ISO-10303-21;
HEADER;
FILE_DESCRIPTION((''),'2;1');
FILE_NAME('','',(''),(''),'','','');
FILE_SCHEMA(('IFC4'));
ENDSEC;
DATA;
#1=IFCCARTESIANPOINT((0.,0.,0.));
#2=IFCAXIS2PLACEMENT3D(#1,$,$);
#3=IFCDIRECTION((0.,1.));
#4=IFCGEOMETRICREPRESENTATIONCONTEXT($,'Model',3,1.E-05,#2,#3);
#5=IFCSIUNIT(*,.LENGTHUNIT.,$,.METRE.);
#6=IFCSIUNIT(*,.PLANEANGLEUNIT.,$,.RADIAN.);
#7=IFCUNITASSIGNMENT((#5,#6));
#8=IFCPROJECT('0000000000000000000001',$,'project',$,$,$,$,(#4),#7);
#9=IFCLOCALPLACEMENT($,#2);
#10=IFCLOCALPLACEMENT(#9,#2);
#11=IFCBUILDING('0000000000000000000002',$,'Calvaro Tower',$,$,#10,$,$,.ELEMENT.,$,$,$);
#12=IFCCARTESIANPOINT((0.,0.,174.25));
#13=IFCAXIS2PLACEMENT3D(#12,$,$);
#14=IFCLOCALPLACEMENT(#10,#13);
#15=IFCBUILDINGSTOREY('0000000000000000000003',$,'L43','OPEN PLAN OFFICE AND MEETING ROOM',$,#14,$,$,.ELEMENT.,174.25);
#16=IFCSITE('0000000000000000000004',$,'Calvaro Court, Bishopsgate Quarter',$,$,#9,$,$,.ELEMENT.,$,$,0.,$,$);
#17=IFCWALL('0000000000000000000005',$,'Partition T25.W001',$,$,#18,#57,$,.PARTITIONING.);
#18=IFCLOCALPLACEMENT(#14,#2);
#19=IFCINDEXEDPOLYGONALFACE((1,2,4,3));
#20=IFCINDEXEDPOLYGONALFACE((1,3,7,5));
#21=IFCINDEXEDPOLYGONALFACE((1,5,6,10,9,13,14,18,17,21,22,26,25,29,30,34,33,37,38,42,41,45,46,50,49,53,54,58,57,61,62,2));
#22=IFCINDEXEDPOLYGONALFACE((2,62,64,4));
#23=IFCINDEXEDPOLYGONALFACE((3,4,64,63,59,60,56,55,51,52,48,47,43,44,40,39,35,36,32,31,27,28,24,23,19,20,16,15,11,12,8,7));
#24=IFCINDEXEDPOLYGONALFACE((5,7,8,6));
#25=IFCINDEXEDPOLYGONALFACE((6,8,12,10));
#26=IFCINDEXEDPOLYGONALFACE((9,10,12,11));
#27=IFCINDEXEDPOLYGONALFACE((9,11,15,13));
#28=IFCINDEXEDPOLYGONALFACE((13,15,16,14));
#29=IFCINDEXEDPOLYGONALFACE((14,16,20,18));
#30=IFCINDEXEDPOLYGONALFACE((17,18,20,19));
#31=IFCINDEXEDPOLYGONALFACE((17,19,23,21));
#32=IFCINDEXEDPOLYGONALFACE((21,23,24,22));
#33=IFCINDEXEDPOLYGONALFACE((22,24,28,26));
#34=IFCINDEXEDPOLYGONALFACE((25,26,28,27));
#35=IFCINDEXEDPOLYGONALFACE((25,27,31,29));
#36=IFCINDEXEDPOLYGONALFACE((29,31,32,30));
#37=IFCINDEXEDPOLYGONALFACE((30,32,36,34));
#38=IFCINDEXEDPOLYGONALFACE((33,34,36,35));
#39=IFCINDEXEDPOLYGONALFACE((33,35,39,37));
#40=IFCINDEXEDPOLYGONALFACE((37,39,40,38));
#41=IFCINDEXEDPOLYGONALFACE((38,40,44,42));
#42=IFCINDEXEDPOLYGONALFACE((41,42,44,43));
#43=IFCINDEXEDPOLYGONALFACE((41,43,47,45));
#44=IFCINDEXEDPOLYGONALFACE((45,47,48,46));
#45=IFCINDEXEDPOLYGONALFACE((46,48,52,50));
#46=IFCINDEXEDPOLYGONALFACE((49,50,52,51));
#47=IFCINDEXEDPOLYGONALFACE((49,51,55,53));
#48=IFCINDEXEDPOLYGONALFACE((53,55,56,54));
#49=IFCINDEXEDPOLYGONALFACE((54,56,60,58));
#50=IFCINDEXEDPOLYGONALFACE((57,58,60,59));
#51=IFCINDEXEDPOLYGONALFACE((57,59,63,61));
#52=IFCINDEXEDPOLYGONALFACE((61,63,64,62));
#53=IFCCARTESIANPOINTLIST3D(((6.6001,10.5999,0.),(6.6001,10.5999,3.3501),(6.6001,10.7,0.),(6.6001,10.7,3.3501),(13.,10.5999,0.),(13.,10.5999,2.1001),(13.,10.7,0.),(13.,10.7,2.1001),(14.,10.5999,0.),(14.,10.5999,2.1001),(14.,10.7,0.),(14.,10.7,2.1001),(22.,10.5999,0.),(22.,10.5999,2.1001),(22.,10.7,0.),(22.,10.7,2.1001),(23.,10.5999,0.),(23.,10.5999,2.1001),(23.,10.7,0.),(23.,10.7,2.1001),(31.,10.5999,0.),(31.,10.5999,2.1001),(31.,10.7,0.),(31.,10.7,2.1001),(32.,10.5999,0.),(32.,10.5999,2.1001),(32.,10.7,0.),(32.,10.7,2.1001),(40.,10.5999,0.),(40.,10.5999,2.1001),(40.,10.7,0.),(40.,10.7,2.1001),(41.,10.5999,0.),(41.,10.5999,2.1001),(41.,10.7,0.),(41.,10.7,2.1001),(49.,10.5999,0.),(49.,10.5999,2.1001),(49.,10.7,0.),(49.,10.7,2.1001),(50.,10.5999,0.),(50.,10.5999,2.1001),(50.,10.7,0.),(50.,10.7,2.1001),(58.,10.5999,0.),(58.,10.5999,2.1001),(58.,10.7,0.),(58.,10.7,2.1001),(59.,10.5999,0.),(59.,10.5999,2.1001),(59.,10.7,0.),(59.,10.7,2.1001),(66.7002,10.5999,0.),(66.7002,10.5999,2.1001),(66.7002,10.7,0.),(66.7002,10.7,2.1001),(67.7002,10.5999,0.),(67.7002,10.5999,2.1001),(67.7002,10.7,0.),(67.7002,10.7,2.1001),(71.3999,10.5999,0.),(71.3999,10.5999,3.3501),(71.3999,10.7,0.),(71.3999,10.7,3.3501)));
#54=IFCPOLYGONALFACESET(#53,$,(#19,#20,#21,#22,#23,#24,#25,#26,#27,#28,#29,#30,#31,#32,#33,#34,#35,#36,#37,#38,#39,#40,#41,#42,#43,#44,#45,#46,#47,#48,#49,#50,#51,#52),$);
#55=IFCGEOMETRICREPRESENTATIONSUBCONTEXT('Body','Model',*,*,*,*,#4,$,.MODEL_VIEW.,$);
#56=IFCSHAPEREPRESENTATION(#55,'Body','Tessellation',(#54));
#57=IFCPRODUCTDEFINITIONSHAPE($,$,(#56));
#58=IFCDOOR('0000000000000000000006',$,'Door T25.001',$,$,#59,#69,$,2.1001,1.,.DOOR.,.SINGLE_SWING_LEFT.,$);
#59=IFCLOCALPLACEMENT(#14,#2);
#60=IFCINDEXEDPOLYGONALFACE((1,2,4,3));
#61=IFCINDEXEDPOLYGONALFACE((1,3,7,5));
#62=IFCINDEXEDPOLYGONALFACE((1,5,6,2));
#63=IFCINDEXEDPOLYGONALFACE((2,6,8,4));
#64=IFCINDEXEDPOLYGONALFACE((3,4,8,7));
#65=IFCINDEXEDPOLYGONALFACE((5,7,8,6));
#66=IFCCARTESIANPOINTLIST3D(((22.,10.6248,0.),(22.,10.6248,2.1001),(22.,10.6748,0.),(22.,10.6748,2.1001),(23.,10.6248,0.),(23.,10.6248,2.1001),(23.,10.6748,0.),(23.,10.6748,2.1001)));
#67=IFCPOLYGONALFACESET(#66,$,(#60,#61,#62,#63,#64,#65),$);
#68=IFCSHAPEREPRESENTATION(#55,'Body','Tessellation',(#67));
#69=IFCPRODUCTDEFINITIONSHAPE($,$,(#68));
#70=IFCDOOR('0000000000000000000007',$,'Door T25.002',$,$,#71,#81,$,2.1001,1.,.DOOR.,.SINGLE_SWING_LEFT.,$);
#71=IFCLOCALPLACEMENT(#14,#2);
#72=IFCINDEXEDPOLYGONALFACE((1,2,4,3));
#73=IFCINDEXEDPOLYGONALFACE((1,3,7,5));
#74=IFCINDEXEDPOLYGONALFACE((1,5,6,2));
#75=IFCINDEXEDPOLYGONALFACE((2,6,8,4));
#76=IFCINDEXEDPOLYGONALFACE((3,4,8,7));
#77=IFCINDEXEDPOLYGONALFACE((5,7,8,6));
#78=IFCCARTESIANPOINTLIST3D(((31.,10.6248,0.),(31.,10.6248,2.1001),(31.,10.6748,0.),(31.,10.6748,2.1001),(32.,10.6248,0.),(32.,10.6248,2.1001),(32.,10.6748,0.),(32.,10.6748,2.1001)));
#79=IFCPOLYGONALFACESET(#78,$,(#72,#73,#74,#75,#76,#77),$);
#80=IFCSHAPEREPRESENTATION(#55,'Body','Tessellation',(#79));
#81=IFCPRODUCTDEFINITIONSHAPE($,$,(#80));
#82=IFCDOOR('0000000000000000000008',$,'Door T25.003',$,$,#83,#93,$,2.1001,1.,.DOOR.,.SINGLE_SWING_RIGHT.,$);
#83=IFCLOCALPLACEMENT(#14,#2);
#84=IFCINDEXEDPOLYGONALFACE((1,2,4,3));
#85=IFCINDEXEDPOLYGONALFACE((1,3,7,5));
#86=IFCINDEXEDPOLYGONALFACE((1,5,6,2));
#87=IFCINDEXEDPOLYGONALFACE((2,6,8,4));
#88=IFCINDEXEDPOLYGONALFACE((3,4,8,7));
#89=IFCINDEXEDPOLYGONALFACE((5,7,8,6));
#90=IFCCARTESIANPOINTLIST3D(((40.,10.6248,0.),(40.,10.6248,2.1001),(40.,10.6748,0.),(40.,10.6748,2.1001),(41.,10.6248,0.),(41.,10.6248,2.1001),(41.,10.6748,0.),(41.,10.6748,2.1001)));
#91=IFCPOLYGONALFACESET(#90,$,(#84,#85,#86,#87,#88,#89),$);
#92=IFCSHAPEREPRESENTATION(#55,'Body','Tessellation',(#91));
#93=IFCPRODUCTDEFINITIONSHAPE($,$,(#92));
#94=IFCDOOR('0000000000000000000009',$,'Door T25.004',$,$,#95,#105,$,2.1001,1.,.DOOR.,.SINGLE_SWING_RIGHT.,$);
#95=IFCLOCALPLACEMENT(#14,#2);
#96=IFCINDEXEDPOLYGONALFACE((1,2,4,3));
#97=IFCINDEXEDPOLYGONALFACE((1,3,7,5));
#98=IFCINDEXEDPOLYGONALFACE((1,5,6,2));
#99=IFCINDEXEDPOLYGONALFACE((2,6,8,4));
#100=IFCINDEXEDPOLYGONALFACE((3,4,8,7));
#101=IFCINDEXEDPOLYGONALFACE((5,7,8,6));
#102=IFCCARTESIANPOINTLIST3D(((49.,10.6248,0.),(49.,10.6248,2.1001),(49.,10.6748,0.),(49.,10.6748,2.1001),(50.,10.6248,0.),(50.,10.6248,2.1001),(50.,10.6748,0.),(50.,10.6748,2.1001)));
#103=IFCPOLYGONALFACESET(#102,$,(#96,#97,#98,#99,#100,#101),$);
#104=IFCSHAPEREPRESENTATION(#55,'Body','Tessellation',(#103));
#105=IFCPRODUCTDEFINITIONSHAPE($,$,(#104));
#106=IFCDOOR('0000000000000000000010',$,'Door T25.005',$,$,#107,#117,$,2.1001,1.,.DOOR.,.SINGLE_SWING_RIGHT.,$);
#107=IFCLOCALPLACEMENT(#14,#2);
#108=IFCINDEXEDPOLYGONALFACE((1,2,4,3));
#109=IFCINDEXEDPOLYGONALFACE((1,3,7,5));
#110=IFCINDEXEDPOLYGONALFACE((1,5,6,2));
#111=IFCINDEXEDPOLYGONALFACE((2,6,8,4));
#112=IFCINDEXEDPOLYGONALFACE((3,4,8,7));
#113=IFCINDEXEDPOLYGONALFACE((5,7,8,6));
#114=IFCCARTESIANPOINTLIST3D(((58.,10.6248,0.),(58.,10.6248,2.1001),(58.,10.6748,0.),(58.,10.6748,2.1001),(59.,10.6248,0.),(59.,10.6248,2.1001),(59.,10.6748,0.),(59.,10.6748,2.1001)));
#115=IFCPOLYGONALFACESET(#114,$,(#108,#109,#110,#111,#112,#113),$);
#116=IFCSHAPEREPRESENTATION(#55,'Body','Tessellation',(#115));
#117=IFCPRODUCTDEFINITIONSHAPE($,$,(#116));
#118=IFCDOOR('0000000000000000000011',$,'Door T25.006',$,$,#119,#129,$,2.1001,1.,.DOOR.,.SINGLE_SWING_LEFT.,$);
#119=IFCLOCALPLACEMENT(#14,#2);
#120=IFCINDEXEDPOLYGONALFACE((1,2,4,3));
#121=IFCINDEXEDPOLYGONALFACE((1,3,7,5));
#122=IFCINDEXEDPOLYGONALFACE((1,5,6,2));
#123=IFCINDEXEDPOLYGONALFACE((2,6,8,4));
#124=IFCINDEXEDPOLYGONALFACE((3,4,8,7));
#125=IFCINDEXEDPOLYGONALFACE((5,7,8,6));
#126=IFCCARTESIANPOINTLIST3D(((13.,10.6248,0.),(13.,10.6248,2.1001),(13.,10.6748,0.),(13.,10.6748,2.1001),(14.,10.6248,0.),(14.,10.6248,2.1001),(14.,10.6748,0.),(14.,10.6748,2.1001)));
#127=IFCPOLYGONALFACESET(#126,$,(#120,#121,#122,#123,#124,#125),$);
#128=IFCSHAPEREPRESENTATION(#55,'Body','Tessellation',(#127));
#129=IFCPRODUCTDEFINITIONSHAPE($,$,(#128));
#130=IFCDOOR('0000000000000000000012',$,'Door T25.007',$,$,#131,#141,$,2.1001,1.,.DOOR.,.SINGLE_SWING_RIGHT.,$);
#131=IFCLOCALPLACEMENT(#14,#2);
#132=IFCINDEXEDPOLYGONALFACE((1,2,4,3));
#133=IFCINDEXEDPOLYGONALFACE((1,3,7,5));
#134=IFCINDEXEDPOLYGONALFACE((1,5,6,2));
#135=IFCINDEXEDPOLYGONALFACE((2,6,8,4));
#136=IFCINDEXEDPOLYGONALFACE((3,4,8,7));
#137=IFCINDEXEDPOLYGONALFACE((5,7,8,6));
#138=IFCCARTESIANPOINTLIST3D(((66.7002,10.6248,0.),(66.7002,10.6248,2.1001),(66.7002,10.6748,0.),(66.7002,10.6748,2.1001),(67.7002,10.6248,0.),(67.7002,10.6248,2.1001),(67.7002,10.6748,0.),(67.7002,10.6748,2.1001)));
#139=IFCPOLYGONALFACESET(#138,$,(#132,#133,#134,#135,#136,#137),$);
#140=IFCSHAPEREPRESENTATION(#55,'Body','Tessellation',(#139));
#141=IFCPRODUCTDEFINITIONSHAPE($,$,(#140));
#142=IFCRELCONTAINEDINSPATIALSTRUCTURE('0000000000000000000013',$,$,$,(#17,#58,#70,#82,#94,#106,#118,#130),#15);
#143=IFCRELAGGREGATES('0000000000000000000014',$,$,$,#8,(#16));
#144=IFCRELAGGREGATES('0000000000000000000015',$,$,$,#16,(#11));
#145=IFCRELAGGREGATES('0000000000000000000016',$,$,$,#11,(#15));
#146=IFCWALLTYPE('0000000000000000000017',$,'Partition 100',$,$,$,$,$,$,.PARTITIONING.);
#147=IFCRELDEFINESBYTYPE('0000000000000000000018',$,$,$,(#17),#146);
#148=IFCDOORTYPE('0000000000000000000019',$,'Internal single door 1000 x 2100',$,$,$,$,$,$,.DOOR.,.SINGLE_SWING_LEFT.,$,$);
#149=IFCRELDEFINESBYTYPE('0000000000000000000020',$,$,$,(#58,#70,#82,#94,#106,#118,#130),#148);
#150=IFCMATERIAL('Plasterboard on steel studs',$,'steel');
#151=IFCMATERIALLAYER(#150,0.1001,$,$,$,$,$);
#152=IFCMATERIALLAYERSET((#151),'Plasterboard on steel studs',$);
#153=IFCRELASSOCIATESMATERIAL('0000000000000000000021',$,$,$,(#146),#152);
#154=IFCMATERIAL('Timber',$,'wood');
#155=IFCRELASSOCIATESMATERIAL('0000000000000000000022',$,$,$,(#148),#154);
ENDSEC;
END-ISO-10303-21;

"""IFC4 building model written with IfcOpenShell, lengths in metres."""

from ifc_helpers import new_model, si_unit, direction, frame, frame_2d, origin, place, context, subcontext, project, spatial, rectangle, extrude, material, layer, layer_set, type_object, element, fill, save


model = new_model("IFC4")

# Units and contexts
model_context = context("Model", 3, precision=1e-05, world=origin(), true_north=direction((0.0, 1.0)))
body_context = subcontext(model_context, "Body", "Model", "MODEL_VIEW")
ifc_project = project(units=[si_unit("LENGTHUNIT", "METRE"), si_unit("PLANEANGLEUNIT", "RADIAN")], contexts=[model_context])

# Site, building, storey
site_placement = place(None, origin())
site = spatial("IfcSite", under=ifc_project, at=site_placement, Name="Calvaro Court, Bishopsgate Quarter", CompositionType="ELEMENT", RefElevation=0.0)
building_placement = place(site_placement, origin())
building = spatial("IfcBuilding", under=site, at=building_placement, Name="Calvaro Tower", CompositionType="ELEMENT")
storey_placement = place(building_placement, frame((0.0, 0.0, 174.25)))
storey = spatial("IfcBuildingStorey", under=building, at=storey_placement, Name="L43", Description="OPEN PLAN OFFICE AND MEETING ROOM", CompositionType="ELEMENT", Elevation=174.25)

# Wall, openings, doors
ifc_material_1 = material(Name="Plasterboard on steel studs", Category="steel")
ifc_layer_1 = layer(ifc_material_1, 0.1001)
ifc_layer_set_1 = layer_set([ifc_layer_1], Name="Plasterboard on steel studs")
wall_type_1 = type_object("IfcWallType", Name="Partition 100", PredefinedType="PARTITIONING", material=ifc_layer_set_1)
wall_1_placement = place(storey_placement, frame((6.6001, 10.6499, 0.0), z_axis=(0.0, 0.0, 1.0), x_axis=(1.0, 0.0, 0.0)))
wall_1 = element("IfcWall", 1, at=wall_1_placement, inside=storey, type_object=wall_type_1, Name="Partition T25.W001", PredefinedType="PARTITIONING", context=body_context, shape_type="SweptSolid", body=[
    extrude(rectangle(XDim=64.7998, YDim=0.1001, at=frame_2d((32.3999, 0.0))), origin(), (0.0, 0.0, 1.0), 3.3501),
])
opening_1_placement = place(wall_1_placement, frame((15.3999, 0.0, 0.0)))
opening_1 = element("IfcOpeningElement", 2, at=opening_1_placement, cuts=wall_1, PredefinedType="OPENING", context=body_context, shape_type="SweptSolid", body=[
    extrude(rectangle(XDim=1.0, YDim=2.1001, at=frame_2d((0.5, 1.05))), frame((0.0, 0.0601, 0.0), z_axis=(0.0, -1.0, 0.0), x_axis=(1.0, 0.0, 0.0)), (0.0, 0.0, 1.0), 0.1201),
])
opening_2_placement = place(wall_1_placement, frame((24.3999, 0.0, 0.0)))
opening_2 = element("IfcOpeningElement", 3, at=opening_2_placement, cuts=wall_1, PredefinedType="OPENING", context=body_context, shape_type="SweptSolid", body=[
    extrude(rectangle(XDim=1.0, YDim=2.1001, at=frame_2d((0.5, 1.05))), frame((0.0, 0.0601, 0.0), z_axis=(0.0, -1.0, 0.0), x_axis=(1.0, 0.0, 0.0)), (0.0, 0.0, 1.0), 0.1201),
])
opening_3_placement = place(wall_1_placement, frame((33.3999, 0.0, 0.0)))
opening_3 = element("IfcOpeningElement", 4, at=opening_3_placement, cuts=wall_1, PredefinedType="OPENING", context=body_context, shape_type="SweptSolid", body=[
    extrude(rectangle(XDim=1.0, YDim=2.1001, at=frame_2d((0.5, 1.05))), frame((0.0, 0.0601, 0.0), z_axis=(0.0, -1.0, 0.0), x_axis=(1.0, 0.0, 0.0)), (0.0, 0.0, 1.0), 0.1201),
])
opening_4_placement = place(wall_1_placement, frame((42.3999, 0.0, 0.0)))
opening_4 = element("IfcOpeningElement", 5, at=opening_4_placement, cuts=wall_1, PredefinedType="OPENING", context=body_context, shape_type="SweptSolid", body=[
    extrude(rectangle(XDim=1.0, YDim=2.1001, at=frame_2d((0.5, 1.05))), frame((0.0, 0.0601, 0.0), z_axis=(0.0, -1.0, 0.0), x_axis=(1.0, 0.0, 0.0)), (0.0, 0.0, 1.0), 0.1201),
])
opening_5_placement = place(wall_1_placement, frame((51.3999, 0.0, 0.0)))
opening_5 = element("IfcOpeningElement", 6, at=opening_5_placement, cuts=wall_1, PredefinedType="OPENING", context=body_context, shape_type="SweptSolid", body=[
    extrude(rectangle(XDim=1.0, YDim=2.1001, at=frame_2d((0.5, 1.05))), frame((0.0, 0.0601, 0.0), z_axis=(0.0, -1.0, 0.0), x_axis=(1.0, 0.0, 0.0)), (0.0, 0.0, 1.0), 0.1201),
])
opening_6_placement = place(wall_1_placement, frame((6.3999, 0.0, 0.0)))
opening_6 = element("IfcOpeningElement", 7, at=opening_6_placement, cuts=wall_1, PredefinedType="OPENING", context=body_context, shape_type="SweptSolid", body=[
    extrude(rectangle(XDim=1.0, YDim=2.1001, at=frame_2d((0.5, 1.05))), frame((0.0, 0.0601, 0.0), z_axis=(0.0, -1.0, 0.0), x_axis=(1.0, 0.0, 0.0)), (0.0, 0.0, 1.0), 0.1201),
])
opening_7_placement = place(wall_1_placement, frame((60.1001, 0.0, 0.0)))
opening_7 = element("IfcOpeningElement", 8, at=opening_7_placement, cuts=wall_1, PredefinedType="OPENING", context=body_context, shape_type="SweptSolid", body=[
    extrude(rectangle(XDim=1.0, YDim=2.1001, at=frame_2d((0.5, 1.05))), frame((0.0, 0.0601, 0.0), z_axis=(0.0, -1.0, 0.0), x_axis=(1.0, 0.0, 0.0)), (0.0, 0.0, 1.0), 0.1201),
])
ifc_material_2 = material(Name="Timber", Category="wood")
door_type_1 = type_object("IfcDoorType", Name="Internal single door 1000 x 2100", OperationType="SINGLE_SWING_LEFT", PredefinedType="DOOR", material=ifc_material_2)
door_1_placement = place(opening_1_placement, origin())
door_1 = element("IfcDoor", 9, at=door_1_placement, inside=storey, type_object=door_type_1, Name="Door T25.001", OperationType="SINGLE_SWING_LEFT", OverallHeight=2.1001, OverallWidth=1.0, PredefinedType="DOOR", context=body_context, shape_type="SweptSolid", body=[
    extrude(rectangle(XDim=1.0, YDim=2.1001, at=frame_2d((0.5, 1.05))), frame((0.0, 0.0249, 0.0), z_axis=(0.0, -1.0, 0.0), x_axis=(1.0, 0.0, 0.0)), (0.0, 0.0, 1.0), 0.05),
])
fill(opening_1, door_1)
door_2_placement = place(opening_2_placement, origin())
door_2 = element("IfcDoor", 10, at=door_2_placement, inside=storey, type_object=door_type_1, Name="Door T25.002", OperationType="SINGLE_SWING_LEFT", OverallHeight=2.1001, OverallWidth=1.0, PredefinedType="DOOR", context=body_context, shape_type="SweptSolid", body=[
    extrude(rectangle(XDim=1.0, YDim=2.1001, at=frame_2d((0.5, 1.05))), frame((0.0, 0.0249, 0.0), z_axis=(0.0, -1.0, 0.0), x_axis=(1.0, 0.0, 0.0)), (0.0, 0.0, 1.0), 0.05),
])
fill(opening_2, door_2)
door_3_placement = place(opening_3_placement, origin())
door_3 = element("IfcDoor", 11, at=door_3_placement, inside=storey, type_object=door_type_1, Name="Door T25.003", OperationType="SINGLE_SWING_RIGHT", OverallHeight=2.1001, OverallWidth=1.0, PredefinedType="DOOR", context=body_context, shape_type="SweptSolid", body=[
    extrude(rectangle(XDim=1.0, YDim=2.1001, at=frame_2d((0.5, 1.05))), frame((0.0, 0.0249, 0.0), z_axis=(0.0, -1.0, 0.0), x_axis=(1.0, 0.0, 0.0)), (0.0, 0.0, 1.0), 0.05),
])
fill(opening_3, door_3)
door_4_placement = place(opening_4_placement, origin())
door_4 = element("IfcDoor", 12, at=door_4_placement, inside=storey, type_object=door_type_1, Name="Door T25.004", OperationType="SINGLE_SWING_RIGHT", OverallHeight=2.1001, OverallWidth=1.0, PredefinedType="DOOR", context=body_context, shape_type="SweptSolid", body=[
    extrude(rectangle(XDim=1.0, YDim=2.1001, at=frame_2d((0.5, 1.05))), frame((0.0, 0.0249, 0.0), z_axis=(0.0, -1.0, 0.0), x_axis=(1.0, 0.0, 0.0)), (0.0, 0.0, 1.0), 0.05),
])
fill(opening_4, door_4)
door_5_placement = place(opening_5_placement, origin())
door_5 = element("IfcDoor", 13, at=door_5_placement, inside=storey, type_object=door_type_1, Name="Door T25.005", OperationType="SINGLE_SWING_RIGHT", OverallHeight=2.1001, OverallWidth=1.0, PredefinedType="DOOR", context=body_context, shape_type="SweptSolid", body=[
    extrude(rectangle(XDim=1.0, YDim=2.1001, at=frame_2d((0.5, 1.05))), frame((0.0, 0.0249, 0.0), z_axis=(0.0, -1.0, 0.0), x_axis=(1.0, 0.0, 0.0)), (0.0, 0.0, 1.0), 0.05),
])
fill(opening_5, door_5)
door_6_placement = place(opening_6_placement, origin())
door_6 = element("IfcDoor", 14, at=door_6_placement, inside=storey, type_object=door_type_1, Name="Door T25.006", OperationType="SINGLE_SWING_LEFT", OverallHeight=2.1001, OverallWidth=1.0, PredefinedType="DOOR", context=body_context, shape_type="SweptSolid", body=[
    extrude(rectangle(XDim=1.0, YDim=2.1001, at=frame_2d((0.5, 1.05))), frame((0.0, 0.0249, 0.0), z_axis=(0.0, -1.0, 0.0), x_axis=(1.0, 0.0, 0.0)), (0.0, 0.0, 1.0), 0.05),
])
fill(opening_6, door_6)
door_7_placement = place(opening_7_placement, origin())
door_7 = element("IfcDoor", 15, at=door_7_placement, inside=storey, type_object=door_type_1, Name="Door T25.007", OperationType="SINGLE_SWING_RIGHT", OverallHeight=2.1001, OverallWidth=1.0, PredefinedType="DOOR", context=body_context, shape_type="SweptSolid", body=[
    extrude(rectangle(XDim=1.0, YDim=2.1001, at=frame_2d((0.5, 1.05))), frame((0.0, 0.0249, 0.0), z_axis=(0.0, -1.0, 0.0), x_axis=(1.0, 0.0, 0.0)), (0.0, 0.0, 1.0), 0.05),
])
fill(opening_7, door_7)

save(model, "model.ifc")
